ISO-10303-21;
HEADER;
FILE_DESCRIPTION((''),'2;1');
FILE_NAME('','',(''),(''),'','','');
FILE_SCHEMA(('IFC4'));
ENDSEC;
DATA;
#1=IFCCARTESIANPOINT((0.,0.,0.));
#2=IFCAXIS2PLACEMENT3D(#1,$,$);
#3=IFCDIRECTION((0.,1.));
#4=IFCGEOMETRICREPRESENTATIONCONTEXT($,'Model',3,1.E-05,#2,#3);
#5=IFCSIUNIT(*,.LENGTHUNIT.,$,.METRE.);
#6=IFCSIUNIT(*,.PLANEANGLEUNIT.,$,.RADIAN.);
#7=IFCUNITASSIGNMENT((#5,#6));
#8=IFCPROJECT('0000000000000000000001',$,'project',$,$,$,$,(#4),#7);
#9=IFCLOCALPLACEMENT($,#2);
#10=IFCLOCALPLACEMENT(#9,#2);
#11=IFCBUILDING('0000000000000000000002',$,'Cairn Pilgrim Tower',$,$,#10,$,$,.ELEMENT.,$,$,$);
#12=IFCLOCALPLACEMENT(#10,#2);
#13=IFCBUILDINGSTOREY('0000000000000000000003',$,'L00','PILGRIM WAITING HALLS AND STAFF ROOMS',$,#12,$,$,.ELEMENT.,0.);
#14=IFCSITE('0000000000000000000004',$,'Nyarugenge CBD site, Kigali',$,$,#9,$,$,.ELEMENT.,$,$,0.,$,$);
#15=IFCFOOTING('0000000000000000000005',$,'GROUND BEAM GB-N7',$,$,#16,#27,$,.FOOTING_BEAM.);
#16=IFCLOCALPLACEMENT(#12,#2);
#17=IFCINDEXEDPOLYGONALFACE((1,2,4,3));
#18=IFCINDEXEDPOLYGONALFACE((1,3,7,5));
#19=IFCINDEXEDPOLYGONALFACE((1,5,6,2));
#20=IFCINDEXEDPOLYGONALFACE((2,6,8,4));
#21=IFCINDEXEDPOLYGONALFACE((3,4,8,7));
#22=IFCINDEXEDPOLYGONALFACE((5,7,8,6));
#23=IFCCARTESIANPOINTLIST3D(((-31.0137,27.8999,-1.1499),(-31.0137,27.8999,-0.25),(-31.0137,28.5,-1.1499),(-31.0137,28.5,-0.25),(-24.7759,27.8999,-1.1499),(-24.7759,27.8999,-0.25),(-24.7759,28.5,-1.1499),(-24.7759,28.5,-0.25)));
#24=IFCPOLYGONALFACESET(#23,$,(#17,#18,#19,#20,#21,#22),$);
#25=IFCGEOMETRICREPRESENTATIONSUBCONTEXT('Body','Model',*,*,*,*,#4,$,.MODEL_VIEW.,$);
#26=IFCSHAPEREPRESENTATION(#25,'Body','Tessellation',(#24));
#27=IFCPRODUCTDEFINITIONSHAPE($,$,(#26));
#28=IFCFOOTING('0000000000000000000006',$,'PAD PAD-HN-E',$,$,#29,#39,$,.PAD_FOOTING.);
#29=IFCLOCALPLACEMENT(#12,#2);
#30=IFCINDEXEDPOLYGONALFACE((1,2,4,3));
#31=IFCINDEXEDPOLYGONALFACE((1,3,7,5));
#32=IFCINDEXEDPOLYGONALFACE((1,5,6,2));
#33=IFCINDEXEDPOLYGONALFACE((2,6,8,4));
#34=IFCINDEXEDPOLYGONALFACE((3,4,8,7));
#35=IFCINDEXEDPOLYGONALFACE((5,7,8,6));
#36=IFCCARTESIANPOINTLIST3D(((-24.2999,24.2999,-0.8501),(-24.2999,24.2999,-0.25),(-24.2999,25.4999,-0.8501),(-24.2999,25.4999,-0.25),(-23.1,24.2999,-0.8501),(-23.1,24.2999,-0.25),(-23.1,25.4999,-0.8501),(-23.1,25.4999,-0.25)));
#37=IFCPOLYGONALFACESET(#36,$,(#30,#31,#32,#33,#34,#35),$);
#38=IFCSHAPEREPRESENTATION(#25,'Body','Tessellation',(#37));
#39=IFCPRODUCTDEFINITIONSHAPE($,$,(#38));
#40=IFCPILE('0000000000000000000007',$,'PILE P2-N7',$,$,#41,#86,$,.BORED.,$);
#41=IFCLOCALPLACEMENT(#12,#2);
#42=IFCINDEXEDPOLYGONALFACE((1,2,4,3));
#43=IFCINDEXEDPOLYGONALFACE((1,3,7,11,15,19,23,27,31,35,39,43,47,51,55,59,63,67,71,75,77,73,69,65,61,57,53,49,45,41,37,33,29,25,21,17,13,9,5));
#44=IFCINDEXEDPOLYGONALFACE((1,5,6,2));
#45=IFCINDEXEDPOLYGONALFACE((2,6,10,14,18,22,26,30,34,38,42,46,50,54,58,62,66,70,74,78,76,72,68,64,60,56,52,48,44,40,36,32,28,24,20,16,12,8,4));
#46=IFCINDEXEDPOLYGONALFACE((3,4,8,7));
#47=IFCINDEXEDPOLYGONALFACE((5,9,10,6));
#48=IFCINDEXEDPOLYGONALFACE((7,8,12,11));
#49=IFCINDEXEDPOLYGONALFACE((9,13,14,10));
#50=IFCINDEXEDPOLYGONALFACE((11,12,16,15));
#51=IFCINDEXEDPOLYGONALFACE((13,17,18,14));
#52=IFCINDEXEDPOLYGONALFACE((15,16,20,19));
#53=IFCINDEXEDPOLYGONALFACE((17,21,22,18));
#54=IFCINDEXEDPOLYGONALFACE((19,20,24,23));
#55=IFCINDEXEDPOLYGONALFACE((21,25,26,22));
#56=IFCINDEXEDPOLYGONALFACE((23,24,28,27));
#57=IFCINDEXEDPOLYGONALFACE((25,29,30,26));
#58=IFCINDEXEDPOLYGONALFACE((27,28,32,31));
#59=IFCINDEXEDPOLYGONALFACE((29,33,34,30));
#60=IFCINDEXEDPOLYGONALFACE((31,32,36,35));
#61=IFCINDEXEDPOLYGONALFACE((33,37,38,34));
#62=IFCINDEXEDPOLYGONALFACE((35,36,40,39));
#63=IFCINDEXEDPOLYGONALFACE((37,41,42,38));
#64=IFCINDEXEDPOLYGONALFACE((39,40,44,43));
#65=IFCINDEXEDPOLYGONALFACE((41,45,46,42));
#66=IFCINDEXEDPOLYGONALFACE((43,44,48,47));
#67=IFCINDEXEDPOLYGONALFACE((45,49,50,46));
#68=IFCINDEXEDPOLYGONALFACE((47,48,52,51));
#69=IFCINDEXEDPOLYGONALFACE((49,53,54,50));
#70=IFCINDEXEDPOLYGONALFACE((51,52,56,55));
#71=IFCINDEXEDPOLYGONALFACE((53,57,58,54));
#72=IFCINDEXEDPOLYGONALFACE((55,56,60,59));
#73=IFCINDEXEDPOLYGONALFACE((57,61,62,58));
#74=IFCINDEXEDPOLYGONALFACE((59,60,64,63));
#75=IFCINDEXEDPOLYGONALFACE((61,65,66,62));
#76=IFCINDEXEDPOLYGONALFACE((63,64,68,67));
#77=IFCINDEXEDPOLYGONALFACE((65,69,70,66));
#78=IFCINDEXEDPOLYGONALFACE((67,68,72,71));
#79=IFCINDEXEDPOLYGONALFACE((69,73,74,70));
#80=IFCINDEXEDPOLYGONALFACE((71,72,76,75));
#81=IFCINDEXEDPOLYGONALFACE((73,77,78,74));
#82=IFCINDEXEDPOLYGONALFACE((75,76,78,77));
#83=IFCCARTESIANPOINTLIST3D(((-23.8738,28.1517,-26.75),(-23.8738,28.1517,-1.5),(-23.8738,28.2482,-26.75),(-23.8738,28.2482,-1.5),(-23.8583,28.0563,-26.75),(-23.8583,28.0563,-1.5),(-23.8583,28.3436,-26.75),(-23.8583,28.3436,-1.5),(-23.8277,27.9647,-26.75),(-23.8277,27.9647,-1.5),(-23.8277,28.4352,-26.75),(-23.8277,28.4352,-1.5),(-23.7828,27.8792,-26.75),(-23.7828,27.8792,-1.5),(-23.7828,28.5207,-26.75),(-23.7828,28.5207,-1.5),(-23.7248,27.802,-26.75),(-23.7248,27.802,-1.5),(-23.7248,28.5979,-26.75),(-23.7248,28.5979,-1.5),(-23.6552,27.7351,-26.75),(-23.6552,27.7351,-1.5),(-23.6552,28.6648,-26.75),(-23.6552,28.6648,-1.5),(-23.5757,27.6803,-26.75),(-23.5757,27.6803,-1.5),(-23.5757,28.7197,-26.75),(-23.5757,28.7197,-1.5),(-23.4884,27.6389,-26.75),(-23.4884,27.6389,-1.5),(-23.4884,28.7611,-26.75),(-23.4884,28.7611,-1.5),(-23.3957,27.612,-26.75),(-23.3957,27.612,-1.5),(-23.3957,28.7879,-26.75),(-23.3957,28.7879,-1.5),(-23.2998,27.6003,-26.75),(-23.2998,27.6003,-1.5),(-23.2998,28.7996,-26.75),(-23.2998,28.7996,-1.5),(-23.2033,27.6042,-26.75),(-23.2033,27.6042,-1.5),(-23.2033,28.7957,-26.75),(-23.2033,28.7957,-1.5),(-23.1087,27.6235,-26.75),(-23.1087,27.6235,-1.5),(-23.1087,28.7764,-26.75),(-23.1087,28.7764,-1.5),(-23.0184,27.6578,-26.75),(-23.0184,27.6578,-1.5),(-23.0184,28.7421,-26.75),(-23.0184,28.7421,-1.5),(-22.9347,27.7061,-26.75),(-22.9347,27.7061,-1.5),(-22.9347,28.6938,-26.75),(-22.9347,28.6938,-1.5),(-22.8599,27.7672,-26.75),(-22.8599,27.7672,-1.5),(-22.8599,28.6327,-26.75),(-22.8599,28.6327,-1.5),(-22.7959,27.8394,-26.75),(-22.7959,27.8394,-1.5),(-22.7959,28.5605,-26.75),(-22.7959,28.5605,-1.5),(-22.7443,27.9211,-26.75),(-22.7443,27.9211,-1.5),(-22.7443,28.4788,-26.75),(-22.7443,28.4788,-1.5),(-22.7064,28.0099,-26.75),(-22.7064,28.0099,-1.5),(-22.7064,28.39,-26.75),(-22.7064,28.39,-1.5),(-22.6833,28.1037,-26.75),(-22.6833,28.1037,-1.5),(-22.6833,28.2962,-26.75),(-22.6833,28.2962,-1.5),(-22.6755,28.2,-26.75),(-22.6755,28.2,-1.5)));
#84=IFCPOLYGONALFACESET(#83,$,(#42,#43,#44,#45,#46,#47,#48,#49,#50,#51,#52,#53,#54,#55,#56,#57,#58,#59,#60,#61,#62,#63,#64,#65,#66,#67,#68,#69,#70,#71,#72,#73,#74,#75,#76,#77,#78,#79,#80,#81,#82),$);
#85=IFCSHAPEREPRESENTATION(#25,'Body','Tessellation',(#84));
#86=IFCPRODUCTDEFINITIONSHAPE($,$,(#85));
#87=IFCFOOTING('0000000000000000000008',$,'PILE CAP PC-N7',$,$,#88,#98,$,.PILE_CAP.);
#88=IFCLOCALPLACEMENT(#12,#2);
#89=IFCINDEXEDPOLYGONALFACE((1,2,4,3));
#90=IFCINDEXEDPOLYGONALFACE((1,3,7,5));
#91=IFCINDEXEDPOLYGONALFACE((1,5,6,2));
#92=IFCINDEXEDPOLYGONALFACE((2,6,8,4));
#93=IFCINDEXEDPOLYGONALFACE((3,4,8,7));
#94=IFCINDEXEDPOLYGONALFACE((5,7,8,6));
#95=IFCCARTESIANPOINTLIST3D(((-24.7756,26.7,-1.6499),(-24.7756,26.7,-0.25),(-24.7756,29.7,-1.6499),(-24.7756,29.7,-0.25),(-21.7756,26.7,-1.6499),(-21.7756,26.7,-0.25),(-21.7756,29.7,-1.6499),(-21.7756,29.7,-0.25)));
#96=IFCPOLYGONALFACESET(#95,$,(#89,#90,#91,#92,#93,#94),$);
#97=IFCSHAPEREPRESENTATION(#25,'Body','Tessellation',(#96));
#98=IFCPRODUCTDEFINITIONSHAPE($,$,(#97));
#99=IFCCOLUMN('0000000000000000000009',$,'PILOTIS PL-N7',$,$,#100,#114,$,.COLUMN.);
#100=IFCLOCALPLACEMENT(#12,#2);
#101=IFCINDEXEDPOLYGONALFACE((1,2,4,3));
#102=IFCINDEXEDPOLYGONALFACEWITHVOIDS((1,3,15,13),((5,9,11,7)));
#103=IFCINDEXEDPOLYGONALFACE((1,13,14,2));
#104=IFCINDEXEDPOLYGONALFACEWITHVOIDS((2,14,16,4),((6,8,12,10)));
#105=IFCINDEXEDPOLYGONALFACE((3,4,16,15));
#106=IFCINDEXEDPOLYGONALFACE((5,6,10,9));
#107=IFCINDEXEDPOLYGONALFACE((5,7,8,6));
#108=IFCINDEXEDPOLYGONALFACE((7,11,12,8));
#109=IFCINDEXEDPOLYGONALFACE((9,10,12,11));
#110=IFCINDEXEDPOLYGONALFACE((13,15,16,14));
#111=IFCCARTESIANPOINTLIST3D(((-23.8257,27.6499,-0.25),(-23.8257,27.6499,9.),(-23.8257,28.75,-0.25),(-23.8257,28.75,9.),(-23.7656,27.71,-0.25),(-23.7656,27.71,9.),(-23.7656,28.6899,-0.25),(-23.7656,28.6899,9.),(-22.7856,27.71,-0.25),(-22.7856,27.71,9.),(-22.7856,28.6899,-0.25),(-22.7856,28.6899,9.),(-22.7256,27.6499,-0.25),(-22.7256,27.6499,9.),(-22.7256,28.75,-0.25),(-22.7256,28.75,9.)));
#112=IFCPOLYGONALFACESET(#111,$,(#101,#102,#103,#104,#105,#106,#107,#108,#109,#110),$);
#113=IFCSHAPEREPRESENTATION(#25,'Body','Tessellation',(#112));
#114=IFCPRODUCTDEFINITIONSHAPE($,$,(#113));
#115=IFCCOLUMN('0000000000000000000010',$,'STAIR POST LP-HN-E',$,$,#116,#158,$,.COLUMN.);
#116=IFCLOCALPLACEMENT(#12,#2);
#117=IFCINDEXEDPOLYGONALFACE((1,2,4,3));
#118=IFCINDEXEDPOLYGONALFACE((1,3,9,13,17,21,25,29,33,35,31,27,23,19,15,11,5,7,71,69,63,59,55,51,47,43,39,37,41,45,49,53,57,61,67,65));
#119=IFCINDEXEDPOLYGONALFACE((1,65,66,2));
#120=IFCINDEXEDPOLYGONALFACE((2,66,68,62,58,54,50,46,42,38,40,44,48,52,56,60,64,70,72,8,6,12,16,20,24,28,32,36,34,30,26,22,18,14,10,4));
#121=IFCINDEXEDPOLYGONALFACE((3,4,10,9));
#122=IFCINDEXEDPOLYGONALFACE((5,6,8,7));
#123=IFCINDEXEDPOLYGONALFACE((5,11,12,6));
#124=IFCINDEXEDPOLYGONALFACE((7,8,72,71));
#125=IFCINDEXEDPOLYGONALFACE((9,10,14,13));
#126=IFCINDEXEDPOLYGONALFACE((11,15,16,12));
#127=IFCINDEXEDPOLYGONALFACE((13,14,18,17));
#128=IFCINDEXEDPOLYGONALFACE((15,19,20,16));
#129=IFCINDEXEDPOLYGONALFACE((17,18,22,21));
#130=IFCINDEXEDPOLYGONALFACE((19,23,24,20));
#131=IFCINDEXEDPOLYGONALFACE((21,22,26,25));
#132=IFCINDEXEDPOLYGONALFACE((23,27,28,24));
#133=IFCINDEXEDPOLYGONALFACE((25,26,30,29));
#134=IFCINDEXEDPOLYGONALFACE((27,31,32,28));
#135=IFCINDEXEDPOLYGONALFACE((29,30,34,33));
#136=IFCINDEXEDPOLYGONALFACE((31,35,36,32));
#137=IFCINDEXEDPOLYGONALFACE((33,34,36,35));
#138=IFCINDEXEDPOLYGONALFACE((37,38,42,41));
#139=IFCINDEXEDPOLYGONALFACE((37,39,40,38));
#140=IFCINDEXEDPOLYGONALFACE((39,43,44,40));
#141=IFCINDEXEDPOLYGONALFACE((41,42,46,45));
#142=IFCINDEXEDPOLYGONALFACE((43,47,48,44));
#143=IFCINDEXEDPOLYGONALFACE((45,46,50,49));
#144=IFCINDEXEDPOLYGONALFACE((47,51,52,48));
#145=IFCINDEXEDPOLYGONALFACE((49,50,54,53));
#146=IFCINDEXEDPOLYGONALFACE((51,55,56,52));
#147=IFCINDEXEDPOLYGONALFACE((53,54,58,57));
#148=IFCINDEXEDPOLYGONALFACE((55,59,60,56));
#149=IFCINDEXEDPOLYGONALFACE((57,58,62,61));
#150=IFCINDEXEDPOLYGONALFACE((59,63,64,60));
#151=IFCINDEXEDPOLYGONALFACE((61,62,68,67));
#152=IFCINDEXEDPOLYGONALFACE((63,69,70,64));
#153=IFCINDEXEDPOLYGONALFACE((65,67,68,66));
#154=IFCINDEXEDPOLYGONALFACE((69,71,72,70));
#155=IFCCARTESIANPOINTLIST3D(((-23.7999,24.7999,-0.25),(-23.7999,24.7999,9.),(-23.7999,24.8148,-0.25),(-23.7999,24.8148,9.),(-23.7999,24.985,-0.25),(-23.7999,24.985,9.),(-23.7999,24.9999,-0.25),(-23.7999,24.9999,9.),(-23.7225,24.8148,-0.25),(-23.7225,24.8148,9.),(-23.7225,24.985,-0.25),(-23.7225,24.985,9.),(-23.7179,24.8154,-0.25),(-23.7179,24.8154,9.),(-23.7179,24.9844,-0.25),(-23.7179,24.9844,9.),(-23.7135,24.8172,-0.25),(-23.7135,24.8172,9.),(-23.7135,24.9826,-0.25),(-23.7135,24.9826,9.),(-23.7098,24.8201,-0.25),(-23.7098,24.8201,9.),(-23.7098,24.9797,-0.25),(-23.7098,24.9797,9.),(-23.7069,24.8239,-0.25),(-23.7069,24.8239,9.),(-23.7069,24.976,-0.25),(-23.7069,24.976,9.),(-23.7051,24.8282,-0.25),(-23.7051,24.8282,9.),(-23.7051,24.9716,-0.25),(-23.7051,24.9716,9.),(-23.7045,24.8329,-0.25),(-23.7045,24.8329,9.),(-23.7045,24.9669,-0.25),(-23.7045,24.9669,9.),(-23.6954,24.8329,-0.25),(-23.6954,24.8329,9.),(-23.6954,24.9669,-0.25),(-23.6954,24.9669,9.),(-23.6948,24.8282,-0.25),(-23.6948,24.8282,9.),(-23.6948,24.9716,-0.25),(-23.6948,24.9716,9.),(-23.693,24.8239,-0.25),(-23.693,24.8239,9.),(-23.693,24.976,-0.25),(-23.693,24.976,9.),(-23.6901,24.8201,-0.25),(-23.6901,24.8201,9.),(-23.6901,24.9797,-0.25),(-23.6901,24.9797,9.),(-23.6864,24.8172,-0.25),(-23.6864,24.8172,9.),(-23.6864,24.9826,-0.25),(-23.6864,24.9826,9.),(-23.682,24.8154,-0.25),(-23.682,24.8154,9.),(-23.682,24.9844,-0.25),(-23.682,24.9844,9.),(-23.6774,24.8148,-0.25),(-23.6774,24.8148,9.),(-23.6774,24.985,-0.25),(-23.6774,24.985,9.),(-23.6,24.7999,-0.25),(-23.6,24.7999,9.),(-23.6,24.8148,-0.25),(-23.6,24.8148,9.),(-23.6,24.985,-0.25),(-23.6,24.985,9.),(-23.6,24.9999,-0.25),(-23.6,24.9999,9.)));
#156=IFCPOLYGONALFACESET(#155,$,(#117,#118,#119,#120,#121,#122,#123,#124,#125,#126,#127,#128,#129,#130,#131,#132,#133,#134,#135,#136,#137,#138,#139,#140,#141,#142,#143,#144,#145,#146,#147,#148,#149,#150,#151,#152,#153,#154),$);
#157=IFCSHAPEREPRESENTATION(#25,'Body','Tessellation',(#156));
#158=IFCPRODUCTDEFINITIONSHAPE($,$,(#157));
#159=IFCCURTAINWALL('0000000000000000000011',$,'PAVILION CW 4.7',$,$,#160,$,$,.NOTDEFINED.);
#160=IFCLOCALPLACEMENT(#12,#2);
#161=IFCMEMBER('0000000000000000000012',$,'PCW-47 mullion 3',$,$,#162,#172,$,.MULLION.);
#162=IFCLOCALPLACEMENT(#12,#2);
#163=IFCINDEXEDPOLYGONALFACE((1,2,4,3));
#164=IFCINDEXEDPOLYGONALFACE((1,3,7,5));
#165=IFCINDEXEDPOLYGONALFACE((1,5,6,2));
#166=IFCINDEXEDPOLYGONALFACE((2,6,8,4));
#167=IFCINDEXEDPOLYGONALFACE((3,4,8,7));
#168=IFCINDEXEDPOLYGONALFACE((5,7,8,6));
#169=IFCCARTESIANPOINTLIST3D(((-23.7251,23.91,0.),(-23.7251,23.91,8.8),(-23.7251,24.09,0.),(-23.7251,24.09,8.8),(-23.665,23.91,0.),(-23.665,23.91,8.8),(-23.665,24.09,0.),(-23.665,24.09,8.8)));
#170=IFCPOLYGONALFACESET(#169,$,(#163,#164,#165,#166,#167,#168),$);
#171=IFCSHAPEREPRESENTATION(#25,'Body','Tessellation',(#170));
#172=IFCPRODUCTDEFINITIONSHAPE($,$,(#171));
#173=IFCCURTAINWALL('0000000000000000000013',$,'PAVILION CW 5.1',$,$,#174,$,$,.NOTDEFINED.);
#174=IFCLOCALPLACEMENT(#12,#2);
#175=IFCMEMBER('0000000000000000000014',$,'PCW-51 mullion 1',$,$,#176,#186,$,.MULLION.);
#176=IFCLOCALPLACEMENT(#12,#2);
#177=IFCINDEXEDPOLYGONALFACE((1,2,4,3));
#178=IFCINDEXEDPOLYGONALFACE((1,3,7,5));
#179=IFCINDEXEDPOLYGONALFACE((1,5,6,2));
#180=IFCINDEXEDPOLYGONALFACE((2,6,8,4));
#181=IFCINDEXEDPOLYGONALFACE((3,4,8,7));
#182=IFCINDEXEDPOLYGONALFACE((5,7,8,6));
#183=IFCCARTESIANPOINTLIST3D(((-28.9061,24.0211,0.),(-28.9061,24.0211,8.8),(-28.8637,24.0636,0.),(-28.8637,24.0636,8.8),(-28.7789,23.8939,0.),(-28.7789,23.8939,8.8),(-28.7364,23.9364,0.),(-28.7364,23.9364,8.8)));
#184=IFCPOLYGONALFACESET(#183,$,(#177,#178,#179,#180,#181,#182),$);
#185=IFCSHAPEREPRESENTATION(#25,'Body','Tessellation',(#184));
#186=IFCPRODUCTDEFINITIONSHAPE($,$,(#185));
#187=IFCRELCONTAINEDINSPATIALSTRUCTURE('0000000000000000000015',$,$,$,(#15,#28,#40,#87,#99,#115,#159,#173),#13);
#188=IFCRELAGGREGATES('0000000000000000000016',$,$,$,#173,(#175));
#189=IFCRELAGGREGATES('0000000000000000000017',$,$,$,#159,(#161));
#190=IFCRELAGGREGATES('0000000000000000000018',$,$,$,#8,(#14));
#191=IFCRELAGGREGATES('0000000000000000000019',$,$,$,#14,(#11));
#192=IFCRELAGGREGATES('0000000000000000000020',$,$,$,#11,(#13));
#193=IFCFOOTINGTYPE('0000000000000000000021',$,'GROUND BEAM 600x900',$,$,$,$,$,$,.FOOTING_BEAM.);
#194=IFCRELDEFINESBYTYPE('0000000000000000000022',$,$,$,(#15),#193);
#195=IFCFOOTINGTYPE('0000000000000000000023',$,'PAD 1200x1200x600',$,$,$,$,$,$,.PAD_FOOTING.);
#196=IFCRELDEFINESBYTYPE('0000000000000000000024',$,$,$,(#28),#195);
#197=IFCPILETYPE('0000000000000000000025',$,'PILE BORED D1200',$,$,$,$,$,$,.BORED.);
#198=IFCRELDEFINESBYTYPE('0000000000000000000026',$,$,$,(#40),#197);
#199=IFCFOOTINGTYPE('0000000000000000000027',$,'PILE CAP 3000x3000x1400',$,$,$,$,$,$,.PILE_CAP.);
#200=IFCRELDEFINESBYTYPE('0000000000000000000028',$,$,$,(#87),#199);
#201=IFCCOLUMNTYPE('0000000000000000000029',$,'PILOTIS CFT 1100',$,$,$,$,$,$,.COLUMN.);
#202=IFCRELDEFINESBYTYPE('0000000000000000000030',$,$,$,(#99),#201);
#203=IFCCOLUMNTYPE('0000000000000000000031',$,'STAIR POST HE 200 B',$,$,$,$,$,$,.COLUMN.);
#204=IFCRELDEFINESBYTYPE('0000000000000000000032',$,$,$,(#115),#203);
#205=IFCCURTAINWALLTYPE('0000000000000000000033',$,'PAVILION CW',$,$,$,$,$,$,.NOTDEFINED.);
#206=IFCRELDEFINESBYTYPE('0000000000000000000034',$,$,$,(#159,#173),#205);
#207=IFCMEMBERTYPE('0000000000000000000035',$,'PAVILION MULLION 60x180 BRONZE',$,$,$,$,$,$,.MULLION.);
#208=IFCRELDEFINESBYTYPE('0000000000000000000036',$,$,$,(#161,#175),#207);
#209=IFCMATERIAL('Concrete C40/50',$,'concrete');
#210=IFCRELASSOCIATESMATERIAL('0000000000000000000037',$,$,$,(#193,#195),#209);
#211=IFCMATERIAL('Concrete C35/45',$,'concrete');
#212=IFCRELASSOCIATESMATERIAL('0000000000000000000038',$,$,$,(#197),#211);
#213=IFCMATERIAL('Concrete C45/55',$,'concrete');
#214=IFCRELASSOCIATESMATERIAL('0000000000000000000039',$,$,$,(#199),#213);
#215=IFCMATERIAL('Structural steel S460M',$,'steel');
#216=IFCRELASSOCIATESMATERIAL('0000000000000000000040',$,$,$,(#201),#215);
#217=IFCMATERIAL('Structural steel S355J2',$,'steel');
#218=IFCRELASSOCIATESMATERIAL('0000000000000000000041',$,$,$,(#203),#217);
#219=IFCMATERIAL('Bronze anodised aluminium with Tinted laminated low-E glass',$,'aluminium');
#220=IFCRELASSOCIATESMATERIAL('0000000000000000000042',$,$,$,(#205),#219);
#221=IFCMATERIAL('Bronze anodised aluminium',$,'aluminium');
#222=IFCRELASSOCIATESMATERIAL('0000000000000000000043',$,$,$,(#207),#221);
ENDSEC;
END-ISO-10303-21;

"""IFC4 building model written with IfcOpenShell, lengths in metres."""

from ifc_helpers import new_model, si_unit, direction, frame, origin, origin_2d, place, context, subcontext, project, spatial, rectangle, hollow_rectangle, circle, i_section, extrude, material, material_profile, profile_set, type_object, element, aggregate, save


model = new_model("IFC4")

# Units and contexts
model_context = context("Model", 3, precision=1e-05, world=origin(), true_north=direction((0.0, 1.0)))
body_context = subcontext(model_context, "Body", "Model", "MODEL_VIEW")
ifc_project = project(units=[si_unit("LENGTHUNIT", "METRE"), si_unit("PLANEANGLEUNIT", "RADIAN")], contexts=[model_context])

# Site, building, storey
site_placement = place(None, origin())
site = spatial("IfcSite", under=ifc_project, at=site_placement, Name="Nyarugenge CBD site, Kigali", CompositionType="ELEMENT", RefElevation=0.0)
building_placement = place(site_placement, origin())
building = spatial("IfcBuilding", under=site, at=building_placement, Name="Cairn Pilgrim Tower", CompositionType="ELEMENT")
storey_placement = place(building_placement, origin())
storey = spatial("IfcBuildingStorey", under=building, at=storey_placement, Name="L00", Description="PILGRIM WAITING HALLS AND STAFF ROOMS", CompositionType="ELEMENT", Elevation=0.0)

# Footings
ifc_material_1 = material(Name="Concrete C40/50", Category="concrete")
footing_type_1 = type_object("IfcFootingType", Name="GROUND BEAM 600x900", PredefinedType="FOOTING_BEAM", material=ifc_material_1)
footing_1_placement = place(storey_placement, frame((-27.8948, 28.2, -1.1499), z_axis=(0.0, 0.0, 1.0), x_axis=(-1.0, 0.0, 0.0)))
element("IfcFooting", 1, at=footing_1_placement, inside=storey, type_object=footing_type_1, Name="GROUND BEAM GB-N7", PredefinedType="FOOTING_BEAM", context=body_context, shape_type="SweptSolid", body=[
    extrude(rectangle(XDim=6.2378, YDim=0.6001, at=origin_2d()), origin(), (0.0, 0.0, 1.0), 0.8999),
])
footing_type_2 = type_object("IfcFootingType", Name="PAD 1200x1200x600", PredefinedType="PAD_FOOTING", material=ifc_material_1)
footing_2_placement = place(storey_placement, frame((-23.7, 24.8999, -0.8501), z_axis=(0.0, 0.0, 1.0), x_axis=(1.0, 0.0, 0.0)))
element("IfcFooting", 2, at=footing_2_placement, inside=storey, type_object=footing_type_2, Name="PAD PAD-HN-E", PredefinedType="PAD_FOOTING", context=body_context, shape_type="SweptSolid", body=[
    extrude(rectangle(XDim=1.2, YDim=1.2, at=origin_2d()), origin(), (0.0, 0.0, 1.0), 0.6001),
])

# Pile
ifc_material_2 = material(Name="Concrete C35/45", Category="concrete")
ifc_material_profile_1 = material_profile(ifc_material_2, circle(Radius=0.6001, at=origin_2d()), Name="D1200")
ifc_profile_set_1 = profile_set([ifc_material_profile_1], Name="Concrete C35/45")
pile_type = type_object("IfcPileType", Name="PILE BORED D1200", PredefinedType="BORED", material=ifc_profile_set_1)
pile_placement = place(storey_placement, frame((-23.2756, 28.2, -1.5), z_axis=(0.0, 0.0, -1.0), x_axis=(1.0, 0.0, 0.0)))
element("IfcPile", 3, at=pile_placement, inside=storey, type_object=pile_type, Name="PILE P2-N7", PredefinedType="BORED", context=body_context, shape_type="SweptSolid", body=[
    extrude(circle(Radius=0.6001, at=origin_2d()), origin(), (0.0, 0.0, 1.0), 25.25),
])

# Footing
ifc_material_3 = material(Name="Concrete C45/55", Category="concrete")
footing_type_3 = type_object("IfcFootingType", Name="PILE CAP 3000x3000x1400", PredefinedType="PILE_CAP", material=ifc_material_3)
footing_3_placement = place(storey_placement, frame((-23.2756, 28.2, -1.6499), z_axis=(0.0, 0.0, 1.0), x_axis=(1.0, 0.0, 0.0)))
element("IfcFooting", 4, at=footing_3_placement, inside=storey, type_object=footing_type_3, Name="PILE CAP PC-N7", PredefinedType="PILE_CAP", context=body_context, shape_type="SweptSolid", body=[
    extrude(rectangle(XDim=3.0, YDim=3.0, at=origin_2d()), origin(), (0.0, 0.0, 1.0), 1.3999),
])

# Columns
ifc_material_4 = material(Name="Structural steel S460M", Category="steel")
ifc_material_profile_2 = material_profile(ifc_material_4, hollow_rectangle(XDim=1.1001, YDim=1.1001, WallThickness=0.0601, at=origin_2d()), Name="BOX 1100x1100x60")
ifc_profile_set_2 = profile_set([ifc_material_profile_2], Name="Structural steel S460M")
column_type_1 = type_object("IfcColumnType", Name="PILOTIS CFT 1100", PredefinedType="COLUMN", material=ifc_profile_set_2)
column_1_placement = place(storey_placement, frame((-23.2756, 28.2, -0.25), z_axis=(0.0, 0.0, 1.0), x_axis=(1.0, 0.0, 0.0)))
element("IfcColumn", 5, at=column_1_placement, inside=storey, type_object=column_type_1, Name="PILOTIS PL-N7", PredefinedType="COLUMN", context=body_context, shape_type="SweptSolid", body=[
    extrude(hollow_rectangle(XDim=1.1001, YDim=1.1001, WallThickness=0.0601, at=origin_2d()), origin(), (0.0, 0.0, 1.0), 9.25),
])
ifc_material_5 = material(Name="Structural steel S355J2", Category="steel")
ifc_material_profile_3 = material_profile(ifc_material_5, i_section(OverallWidth=0.2, OverallDepth=0.2, WebThickness=0.009, FlangeThickness=0.0149, FilletRadius=0.0181, at=origin_2d()), Name="HE 200 B")
ifc_profile_set_3 = profile_set([ifc_material_profile_3], Name="Structural steel S355J2")
column_type_2 = type_object("IfcColumnType", Name="STAIR POST HE 200 B", PredefinedType="COLUMN", material=ifc_profile_set_3)
column_2_placement = place(storey_placement, frame((-23.7, 24.8999, -0.25), z_axis=(0.0, 0.0, 1.0), x_axis=(1.0, 0.0, 0.0)))
element("IfcColumn", 6, at=column_2_placement, inside=storey, type_object=column_type_2, Name="STAIR POST LP-HN-E", PredefinedType="COLUMN", context=body_context, shape_type="SweptSolid", body=[
    extrude(i_section(OverallWidth=0.2, OverallDepth=0.2, WebThickness=0.009, FlangeThickness=0.0149, FilletRadius=0.0181, at=origin_2d()), origin(), (0.0, 0.0, 1.0), 9.25),
])

# Curtain wall, member
ifc_material_6 = material(Name="Bronze anodised aluminium with Tinted laminated low-E glass", Category="aluminium")
curtain_wall_type = type_object("IfcCurtainWallType", Name="PAVILION CW", PredefinedType="NOTDEFINED", material=ifc_material_6)
curtain_wall_1_placement = place(storey_placement, origin())
curtain_wall_1 = element("IfcCurtainWall", 7, at=curtain_wall_1_placement, inside=storey, type_object=curtain_wall_type, Name="PAVILION CW 4.7", PredefinedType="NOTDEFINED")
ifc_material_7 = material(Name="Bronze anodised aluminium", Category="aluminium")
ifc_material_profile_4 = material_profile(ifc_material_7, rectangle(XDim=0.1799, YDim=0.0601, at=origin_2d()), Name="PAVILION MULLION 60x180 BRONZE")
ifc_profile_set_4 = profile_set([ifc_material_profile_4], Name="Bronze anodised aluminium")
member_type_1 = type_object("IfcMemberType", Name="PAVILION MULLION 60x180 BRONZE", PredefinedType="MULLION", material=ifc_profile_set_4)
member_1_placement = place(storey_placement, frame((-23.6951, 24.0, 0.0), z_axis=(0.0, 0.0, 1.0), x_axis=(0.0, -1.0, 0.0)))
member_1 = element("IfcMember", 8, at=member_1_placement, type_object=member_type_1, Name="PCW-47 mullion 3", PredefinedType="MULLION", context=body_context, shape_type="SweptSolid", body=[
    extrude(rectangle(XDim=0.1799, YDim=0.0601, at=origin_2d()), origin(), (0.0, 0.0, 1.0), 8.8),
])

# Curtain wall, member
curtain_wall_2_placement = place(storey_placement, origin())
curtain_wall_2 = element("IfcCurtainWall", 9, at=curtain_wall_2_placement, inside=storey, type_object=curtain_wall_type, Name="PAVILION CW 5.1", PredefinedType="NOTDEFINED")
member_2_placement = place(storey_placement, frame((-28.8213, 23.9788, 0.0), z_axis=(0.0, 0.0, 1.0), x_axis=(0.707107, -0.707107, 0.0)))
member_2 = element("IfcMember", 10, at=member_2_placement, type_object=member_type_1, Name="PCW-51 mullion 1", PredefinedType="MULLION", context=body_context, shape_type="SweptSolid", body=[
    extrude(rectangle(XDim=0.1799, YDim=0.0601, at=origin_2d()), origin(), (0.0, 0.0, 1.0), 8.8),
])
aggregate(curtain_wall_2, [member_2])

aggregate(curtain_wall_1, [member_1])

save(model, "model.ifc")
